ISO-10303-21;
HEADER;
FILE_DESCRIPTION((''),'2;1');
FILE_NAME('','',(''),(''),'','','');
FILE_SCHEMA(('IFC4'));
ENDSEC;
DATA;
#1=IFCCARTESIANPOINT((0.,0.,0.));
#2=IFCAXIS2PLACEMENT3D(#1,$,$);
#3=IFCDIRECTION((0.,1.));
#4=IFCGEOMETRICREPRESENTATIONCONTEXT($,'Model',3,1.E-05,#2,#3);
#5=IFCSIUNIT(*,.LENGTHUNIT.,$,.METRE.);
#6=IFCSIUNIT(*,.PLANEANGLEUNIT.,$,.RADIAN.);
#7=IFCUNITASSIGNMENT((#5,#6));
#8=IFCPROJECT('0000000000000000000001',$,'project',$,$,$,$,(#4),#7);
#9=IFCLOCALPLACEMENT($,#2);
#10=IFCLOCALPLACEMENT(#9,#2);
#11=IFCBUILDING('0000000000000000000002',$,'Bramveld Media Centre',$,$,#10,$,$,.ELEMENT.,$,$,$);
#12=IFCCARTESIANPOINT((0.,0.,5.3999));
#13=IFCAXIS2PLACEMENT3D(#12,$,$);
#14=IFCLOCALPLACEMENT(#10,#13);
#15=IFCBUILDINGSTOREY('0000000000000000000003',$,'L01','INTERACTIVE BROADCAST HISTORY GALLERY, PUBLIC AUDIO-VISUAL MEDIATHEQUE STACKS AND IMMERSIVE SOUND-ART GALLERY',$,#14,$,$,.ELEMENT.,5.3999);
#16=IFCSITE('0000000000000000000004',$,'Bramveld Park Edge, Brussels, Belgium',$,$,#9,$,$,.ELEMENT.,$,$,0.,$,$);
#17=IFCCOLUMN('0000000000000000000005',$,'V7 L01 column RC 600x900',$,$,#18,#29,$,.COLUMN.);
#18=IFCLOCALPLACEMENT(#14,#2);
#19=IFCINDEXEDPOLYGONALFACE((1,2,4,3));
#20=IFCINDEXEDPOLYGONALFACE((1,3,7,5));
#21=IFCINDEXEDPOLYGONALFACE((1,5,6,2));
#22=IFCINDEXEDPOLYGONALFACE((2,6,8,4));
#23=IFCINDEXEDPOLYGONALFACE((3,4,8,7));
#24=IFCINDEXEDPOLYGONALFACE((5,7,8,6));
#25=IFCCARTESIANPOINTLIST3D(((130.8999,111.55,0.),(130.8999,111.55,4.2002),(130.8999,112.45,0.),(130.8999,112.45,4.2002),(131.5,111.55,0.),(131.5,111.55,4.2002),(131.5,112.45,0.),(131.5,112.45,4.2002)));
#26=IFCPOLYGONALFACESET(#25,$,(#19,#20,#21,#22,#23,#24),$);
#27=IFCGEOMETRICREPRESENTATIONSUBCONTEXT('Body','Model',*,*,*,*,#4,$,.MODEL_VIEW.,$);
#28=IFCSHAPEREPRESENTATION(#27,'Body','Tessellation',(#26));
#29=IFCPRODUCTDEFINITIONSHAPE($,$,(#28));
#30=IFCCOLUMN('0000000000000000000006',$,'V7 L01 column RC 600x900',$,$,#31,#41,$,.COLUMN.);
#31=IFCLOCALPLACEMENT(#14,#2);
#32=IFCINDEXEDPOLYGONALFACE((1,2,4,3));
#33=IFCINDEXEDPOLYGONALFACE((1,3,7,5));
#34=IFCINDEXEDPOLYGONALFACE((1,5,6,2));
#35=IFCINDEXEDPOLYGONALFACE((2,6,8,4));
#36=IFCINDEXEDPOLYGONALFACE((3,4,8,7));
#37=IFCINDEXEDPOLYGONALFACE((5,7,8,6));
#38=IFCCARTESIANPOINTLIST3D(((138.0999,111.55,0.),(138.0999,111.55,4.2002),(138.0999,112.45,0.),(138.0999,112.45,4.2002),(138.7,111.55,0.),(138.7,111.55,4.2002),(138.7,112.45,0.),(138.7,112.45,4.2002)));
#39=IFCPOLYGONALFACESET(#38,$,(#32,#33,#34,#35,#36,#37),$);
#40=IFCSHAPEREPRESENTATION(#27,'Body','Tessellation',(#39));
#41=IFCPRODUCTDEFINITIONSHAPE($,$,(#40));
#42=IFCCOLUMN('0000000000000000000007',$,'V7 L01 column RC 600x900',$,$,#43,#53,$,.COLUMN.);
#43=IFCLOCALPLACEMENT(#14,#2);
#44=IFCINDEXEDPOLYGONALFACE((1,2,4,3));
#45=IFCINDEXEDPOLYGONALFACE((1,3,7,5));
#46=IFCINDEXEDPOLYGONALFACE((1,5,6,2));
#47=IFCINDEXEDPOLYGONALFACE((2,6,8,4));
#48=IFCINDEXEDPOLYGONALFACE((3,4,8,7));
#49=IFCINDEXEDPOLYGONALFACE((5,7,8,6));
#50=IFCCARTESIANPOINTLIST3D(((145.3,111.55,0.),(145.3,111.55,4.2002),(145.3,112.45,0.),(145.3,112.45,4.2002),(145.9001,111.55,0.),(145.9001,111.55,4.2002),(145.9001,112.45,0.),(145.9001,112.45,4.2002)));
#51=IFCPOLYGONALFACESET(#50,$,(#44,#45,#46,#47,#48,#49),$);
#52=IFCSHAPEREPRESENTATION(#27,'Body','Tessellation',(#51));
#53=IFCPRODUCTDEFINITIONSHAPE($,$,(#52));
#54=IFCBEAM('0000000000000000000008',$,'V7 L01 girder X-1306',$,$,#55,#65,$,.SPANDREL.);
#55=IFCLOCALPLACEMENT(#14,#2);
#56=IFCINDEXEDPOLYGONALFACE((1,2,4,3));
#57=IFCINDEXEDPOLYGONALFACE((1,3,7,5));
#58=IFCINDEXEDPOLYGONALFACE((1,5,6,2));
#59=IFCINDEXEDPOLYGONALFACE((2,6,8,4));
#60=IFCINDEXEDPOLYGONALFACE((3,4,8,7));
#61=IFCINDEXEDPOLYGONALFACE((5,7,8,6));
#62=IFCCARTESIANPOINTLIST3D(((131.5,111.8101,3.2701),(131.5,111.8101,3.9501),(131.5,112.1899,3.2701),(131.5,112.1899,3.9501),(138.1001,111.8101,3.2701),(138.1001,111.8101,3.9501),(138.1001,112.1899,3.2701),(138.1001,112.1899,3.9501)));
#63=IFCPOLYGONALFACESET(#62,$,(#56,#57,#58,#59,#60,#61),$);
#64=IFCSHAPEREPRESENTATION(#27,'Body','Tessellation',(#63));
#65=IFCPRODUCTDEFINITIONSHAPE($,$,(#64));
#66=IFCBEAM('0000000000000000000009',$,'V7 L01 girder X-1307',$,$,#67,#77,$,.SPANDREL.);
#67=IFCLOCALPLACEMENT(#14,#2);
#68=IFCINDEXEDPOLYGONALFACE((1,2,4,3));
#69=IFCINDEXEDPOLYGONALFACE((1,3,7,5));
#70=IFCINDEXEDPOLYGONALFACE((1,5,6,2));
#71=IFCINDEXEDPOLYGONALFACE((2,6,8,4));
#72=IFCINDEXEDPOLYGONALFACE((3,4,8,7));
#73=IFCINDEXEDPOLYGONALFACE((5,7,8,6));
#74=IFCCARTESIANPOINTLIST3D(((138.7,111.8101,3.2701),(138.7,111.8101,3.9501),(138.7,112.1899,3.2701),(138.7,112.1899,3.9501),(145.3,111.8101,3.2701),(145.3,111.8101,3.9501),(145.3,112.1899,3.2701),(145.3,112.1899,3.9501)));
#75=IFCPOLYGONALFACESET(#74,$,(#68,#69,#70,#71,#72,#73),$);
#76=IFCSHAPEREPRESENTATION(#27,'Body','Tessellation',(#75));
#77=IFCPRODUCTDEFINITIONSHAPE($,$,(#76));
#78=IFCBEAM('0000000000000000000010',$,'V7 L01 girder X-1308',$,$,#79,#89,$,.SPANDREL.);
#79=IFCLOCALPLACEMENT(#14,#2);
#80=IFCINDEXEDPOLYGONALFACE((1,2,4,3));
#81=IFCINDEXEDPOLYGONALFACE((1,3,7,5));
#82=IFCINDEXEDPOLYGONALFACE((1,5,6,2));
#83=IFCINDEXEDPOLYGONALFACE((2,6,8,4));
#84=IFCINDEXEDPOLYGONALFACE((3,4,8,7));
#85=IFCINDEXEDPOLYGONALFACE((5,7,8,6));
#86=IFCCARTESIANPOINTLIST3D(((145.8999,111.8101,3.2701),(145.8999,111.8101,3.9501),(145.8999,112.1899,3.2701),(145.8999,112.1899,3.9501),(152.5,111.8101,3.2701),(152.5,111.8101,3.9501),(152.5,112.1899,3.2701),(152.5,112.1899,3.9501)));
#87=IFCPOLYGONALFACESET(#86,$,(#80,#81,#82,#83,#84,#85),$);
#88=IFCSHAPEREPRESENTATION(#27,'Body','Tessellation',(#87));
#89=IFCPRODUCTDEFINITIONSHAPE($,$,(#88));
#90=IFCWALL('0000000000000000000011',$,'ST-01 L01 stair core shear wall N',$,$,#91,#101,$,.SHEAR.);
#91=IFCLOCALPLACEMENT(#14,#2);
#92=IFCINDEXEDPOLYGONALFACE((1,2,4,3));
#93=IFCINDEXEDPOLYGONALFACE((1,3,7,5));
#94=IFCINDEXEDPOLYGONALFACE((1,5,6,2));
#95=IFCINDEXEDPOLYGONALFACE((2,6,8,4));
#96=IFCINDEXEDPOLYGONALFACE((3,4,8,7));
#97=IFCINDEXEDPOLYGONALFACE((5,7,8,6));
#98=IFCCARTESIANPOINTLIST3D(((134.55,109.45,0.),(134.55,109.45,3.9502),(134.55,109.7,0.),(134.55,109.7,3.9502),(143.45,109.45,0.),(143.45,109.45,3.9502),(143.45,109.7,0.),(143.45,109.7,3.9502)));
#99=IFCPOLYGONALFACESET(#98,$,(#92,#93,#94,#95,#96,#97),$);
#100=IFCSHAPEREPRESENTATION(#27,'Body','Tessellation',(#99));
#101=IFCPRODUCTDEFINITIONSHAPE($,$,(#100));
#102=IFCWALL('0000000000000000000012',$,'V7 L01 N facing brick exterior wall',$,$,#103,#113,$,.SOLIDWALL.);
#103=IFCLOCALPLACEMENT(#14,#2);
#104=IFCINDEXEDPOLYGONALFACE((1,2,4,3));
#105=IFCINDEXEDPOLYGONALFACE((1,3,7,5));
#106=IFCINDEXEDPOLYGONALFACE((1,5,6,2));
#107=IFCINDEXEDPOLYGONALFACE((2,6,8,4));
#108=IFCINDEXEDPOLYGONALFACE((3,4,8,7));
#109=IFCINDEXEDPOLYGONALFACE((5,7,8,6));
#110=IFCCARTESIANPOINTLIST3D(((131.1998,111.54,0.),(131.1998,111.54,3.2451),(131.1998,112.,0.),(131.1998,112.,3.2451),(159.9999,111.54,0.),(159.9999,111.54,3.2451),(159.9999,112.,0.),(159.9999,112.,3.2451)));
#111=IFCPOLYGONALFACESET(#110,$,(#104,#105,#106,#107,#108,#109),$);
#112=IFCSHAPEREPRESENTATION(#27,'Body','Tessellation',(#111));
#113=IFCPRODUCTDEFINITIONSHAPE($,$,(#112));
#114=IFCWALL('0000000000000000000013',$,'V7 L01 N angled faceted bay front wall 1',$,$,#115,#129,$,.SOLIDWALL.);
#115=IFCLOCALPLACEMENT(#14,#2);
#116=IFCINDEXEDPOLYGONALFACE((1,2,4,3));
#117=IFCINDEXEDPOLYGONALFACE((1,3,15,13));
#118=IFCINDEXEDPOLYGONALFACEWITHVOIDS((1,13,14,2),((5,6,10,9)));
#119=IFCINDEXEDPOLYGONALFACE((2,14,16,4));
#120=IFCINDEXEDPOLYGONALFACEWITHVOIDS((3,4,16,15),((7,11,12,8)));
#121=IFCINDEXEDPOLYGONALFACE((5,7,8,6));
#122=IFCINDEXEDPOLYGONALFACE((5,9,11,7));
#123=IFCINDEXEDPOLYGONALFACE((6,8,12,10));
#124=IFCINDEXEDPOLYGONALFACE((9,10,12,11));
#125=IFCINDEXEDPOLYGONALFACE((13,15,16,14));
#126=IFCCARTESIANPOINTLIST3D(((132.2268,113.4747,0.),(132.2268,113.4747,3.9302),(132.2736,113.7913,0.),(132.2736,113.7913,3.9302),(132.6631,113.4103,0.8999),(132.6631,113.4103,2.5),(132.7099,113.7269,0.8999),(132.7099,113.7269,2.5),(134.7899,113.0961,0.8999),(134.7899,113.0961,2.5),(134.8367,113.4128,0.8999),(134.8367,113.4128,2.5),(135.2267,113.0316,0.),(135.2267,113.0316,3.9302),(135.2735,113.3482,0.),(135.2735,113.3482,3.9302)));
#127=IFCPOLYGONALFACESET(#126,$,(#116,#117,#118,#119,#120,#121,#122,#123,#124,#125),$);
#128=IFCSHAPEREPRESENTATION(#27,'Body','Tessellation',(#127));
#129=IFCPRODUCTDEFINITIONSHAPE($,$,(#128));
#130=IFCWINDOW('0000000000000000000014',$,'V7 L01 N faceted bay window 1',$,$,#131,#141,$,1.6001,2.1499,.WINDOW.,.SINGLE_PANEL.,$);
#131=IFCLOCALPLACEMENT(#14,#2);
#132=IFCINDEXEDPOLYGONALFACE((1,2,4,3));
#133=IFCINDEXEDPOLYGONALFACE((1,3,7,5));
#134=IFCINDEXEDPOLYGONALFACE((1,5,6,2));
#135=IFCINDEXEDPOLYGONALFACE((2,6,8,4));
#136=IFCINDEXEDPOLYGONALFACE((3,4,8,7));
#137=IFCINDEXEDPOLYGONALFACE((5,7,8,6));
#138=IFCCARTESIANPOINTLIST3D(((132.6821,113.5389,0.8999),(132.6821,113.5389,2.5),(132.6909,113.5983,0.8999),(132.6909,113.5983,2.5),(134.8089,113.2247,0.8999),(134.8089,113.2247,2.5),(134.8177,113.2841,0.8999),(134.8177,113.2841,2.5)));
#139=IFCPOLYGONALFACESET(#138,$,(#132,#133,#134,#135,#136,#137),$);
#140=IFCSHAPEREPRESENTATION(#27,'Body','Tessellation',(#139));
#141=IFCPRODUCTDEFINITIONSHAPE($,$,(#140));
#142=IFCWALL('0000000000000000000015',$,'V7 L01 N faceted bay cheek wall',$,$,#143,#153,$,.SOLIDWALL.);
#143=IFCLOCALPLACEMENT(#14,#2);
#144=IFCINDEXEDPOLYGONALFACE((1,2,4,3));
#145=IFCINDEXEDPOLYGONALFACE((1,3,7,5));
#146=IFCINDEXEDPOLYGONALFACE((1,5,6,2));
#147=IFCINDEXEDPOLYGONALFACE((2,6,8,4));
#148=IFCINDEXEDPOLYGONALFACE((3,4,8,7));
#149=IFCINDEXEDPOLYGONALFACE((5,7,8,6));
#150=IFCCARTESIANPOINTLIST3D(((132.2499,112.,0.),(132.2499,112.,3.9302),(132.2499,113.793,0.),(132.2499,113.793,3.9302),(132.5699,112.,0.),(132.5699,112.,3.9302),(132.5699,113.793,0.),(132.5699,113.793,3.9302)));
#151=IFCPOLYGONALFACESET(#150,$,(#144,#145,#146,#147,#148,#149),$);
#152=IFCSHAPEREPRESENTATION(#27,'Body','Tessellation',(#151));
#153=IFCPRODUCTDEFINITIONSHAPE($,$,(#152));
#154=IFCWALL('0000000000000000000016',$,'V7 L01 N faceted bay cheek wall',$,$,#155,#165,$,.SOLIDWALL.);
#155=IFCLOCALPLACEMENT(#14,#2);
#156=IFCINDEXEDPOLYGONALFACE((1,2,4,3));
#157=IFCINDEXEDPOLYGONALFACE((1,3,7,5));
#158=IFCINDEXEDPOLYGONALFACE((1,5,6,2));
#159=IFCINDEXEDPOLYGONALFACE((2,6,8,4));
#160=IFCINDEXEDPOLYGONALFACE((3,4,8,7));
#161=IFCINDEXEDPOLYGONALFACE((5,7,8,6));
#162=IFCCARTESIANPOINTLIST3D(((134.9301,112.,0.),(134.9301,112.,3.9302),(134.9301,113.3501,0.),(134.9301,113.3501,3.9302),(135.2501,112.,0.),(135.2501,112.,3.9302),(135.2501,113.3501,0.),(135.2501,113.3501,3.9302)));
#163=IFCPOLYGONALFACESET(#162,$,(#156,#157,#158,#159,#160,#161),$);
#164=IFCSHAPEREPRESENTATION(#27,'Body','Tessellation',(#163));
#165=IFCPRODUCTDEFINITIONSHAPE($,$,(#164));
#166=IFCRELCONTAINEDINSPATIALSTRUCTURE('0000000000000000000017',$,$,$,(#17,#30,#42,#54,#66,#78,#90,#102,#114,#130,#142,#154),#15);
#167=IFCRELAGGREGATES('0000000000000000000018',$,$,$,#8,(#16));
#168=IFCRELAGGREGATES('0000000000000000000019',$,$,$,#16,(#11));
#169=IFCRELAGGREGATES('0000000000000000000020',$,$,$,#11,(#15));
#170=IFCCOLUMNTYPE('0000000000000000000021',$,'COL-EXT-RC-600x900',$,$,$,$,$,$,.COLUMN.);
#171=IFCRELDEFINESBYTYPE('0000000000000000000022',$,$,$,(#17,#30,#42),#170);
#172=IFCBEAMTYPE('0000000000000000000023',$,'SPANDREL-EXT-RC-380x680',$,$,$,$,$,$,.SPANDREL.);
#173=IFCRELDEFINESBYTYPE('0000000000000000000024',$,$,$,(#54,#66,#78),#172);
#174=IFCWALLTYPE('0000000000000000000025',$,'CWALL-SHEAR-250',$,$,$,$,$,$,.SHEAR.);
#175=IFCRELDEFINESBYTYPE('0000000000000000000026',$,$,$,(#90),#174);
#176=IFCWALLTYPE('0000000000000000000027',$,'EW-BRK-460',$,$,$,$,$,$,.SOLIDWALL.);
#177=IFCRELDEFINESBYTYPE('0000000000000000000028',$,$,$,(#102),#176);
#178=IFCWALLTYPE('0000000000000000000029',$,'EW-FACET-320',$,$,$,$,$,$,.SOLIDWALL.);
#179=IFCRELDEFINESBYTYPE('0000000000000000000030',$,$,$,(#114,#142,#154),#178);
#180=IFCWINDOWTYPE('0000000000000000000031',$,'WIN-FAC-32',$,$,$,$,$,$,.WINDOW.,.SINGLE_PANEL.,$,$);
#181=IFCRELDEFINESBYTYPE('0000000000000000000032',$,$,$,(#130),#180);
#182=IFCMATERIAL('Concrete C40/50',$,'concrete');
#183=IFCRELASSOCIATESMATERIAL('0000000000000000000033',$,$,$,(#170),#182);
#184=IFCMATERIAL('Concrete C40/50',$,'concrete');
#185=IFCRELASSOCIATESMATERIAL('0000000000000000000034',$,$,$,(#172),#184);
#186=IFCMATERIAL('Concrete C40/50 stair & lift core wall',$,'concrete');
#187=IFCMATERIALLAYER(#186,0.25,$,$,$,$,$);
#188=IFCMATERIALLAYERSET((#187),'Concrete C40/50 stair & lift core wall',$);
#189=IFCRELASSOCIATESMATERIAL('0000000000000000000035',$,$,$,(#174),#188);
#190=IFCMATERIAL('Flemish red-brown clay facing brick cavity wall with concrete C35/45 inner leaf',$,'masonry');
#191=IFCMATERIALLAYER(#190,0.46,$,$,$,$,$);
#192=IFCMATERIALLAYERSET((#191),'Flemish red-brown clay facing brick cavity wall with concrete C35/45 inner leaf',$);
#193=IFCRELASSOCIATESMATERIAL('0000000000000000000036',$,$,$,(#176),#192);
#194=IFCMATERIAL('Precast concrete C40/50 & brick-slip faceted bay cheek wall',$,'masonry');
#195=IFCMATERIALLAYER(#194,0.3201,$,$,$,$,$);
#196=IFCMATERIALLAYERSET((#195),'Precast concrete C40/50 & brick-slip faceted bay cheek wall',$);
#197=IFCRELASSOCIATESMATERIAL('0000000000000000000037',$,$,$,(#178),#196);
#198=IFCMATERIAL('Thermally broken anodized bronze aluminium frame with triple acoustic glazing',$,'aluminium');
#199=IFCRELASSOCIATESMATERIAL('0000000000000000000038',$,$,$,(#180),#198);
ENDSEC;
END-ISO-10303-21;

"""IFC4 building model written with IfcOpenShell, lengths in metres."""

from ifc_helpers import new_model, si_unit, direction, frame, frame_2d, origin, origin_2d, place, context, subcontext, project, spatial, rectangle, extrude, material, layer, layer_set, material_profile, profile_set, type_object, element, fill, save


model = new_model("IFC4")

# Units and contexts
model_context = context("Model", 3, precision=1e-05, world=origin(), true_north=direction((0.0, 1.0)))
body_context = subcontext(model_context, "Body", "Model", "MODEL_VIEW")
ifc_project = project(units=[si_unit("LENGTHUNIT", "METRE"), si_unit("PLANEANGLEUNIT", "RADIAN")], contexts=[model_context])

# Site, building, storey
site_placement = place(None, origin())
site = spatial("IfcSite", under=ifc_project, at=site_placement, Name="Bramveld Park Edge, Brussels, Belgium", CompositionType="ELEMENT", RefElevation=0.0)
building_placement = place(site_placement, origin())
building = spatial("IfcBuilding", under=site, at=building_placement, Name="Bramveld Media Centre", CompositionType="ELEMENT")
storey_placement = place(building_placement, frame((0.0, 0.0, 5.3999)))
storey = spatial("IfcBuildingStorey", under=building, at=storey_placement, Name="L01", Description="INTERACTIVE BROADCAST HISTORY GALLERY, PUBLIC AUDIO-VISUAL MEDIATHEQUE STACKS AND IMMERSIVE SOUND-ART GALLERY", CompositionType="ELEMENT", Elevation=5.3999)

# Columns
ifc_material_1 = material(Name="Concrete C40/50", Category="concrete")
ifc_material_profile_1 = material_profile(ifc_material_1, rectangle(XDim=0.6001, YDim=0.8999, at=origin_2d()), Name="RC 600x900")
ifc_profile_set_1 = profile_set([ifc_material_profile_1], Name="Concrete C40/50")
column_type = type_object("IfcColumnType", Name="COL-EXT-RC-600x900", PredefinedType="COLUMN", material=ifc_profile_set_1)
for number, where, z_axis, x_axis, name in (
    (1, (131.2, 112.0, 0.0), (0.0, 0.0, 1.0), (1.0, 0.0, 0.0), "V7 L01 column RC 600x900"),
    (2, (138.3999, 112.0, 0.0), (0.0, 0.0, 1.0), (1.0, 0.0, 0.0), "V7 L01 column RC 600x900"),
    (3, (145.6001, 112.0, 0.0), (0.0, 0.0, 1.0), (1.0, 0.0, 0.0), "V7 L01 column RC 600x900"),
):
    element("IfcColumn", number, at=place(storey_placement, frame(where, z_axis=z_axis, x_axis=x_axis)), inside=storey, type_object=column_type, Name=name, PredefinedType="COLUMN", context=body_context, shape_type="SweptSolid", body=[
        extrude(rectangle(XDim=0.6001, YDim=0.8999, at=origin_2d()), origin(), (0.0, 0.0, 1.0), 4.2002),
    ])

# Beams
ifc_material_2 = material(Name="Concrete C40/50", Category="concrete")
ifc_material_profile_2 = material_profile(ifc_material_2, rectangle(XDim=0.3799, YDim=0.6799, at=origin_2d()), Name="RC 380x680")
ifc_profile_set_2 = profile_set([ifc_material_profile_2], Name="Concrete C40/50")
beam_type = type_object("IfcBeamType", Name="SPANDREL-EXT-RC-380x680", PredefinedType="SPANDREL", material=ifc_profile_set_2)
for number, where, z_axis, x_axis, name in (
    (4, (131.5, 112.0, 3.6101), (1.0, 0.0, 0.0), (0.0, 1.0, 0.0), "V7 L01 girder X-1306"),
    (5, (138.7, 112.0, 3.6101), (1.0, 0.0, 0.0), (0.0, 1.0, 0.0), "V7 L01 girder X-1307"),
    (6, (145.8999, 112.0, 3.6101), (1.0, 0.0, 0.0), (0.0, 1.0, 0.0), "V7 L01 girder X-1308"),
):
    element("IfcBeam", number, at=place(storey_placement, frame(where, z_axis=z_axis, x_axis=x_axis)), inside=storey, type_object=beam_type, Name=name, PredefinedType="SPANDREL", context=body_context, shape_type="SweptSolid", body=[
        extrude(rectangle(XDim=0.3799, YDim=0.6799, at=origin_2d()), origin(), (0.0, 0.0, 1.0), 6.6001),
    ])

# Wall
ifc_material_3 = material(Name="Concrete C40/50 stair & lift core wall", Category="concrete")
ifc_layer_1 = layer(ifc_material_3, 0.25)
ifc_layer_set_1 = layer_set([ifc_layer_1], Name="Concrete C40/50 stair & lift core wall")
wall_type_1 = type_object("IfcWallType", Name="CWALL-SHEAR-250", PredefinedType="SHEAR", material=ifc_layer_set_1)
wall_1_placement = place(storey_placement, frame((143.45, 109.575, 0.0), z_axis=(0.0, 0.0, 1.0), x_axis=(-1.0, 0.0, 0.0)))
element("IfcWall", 7, at=wall_1_placement, inside=storey, type_object=wall_type_1, Name="ST-01 L01 stair core shear wall N", PredefinedType="SHEAR", context=body_context, shape_type="SweptSolid", body=[
    extrude(rectangle(XDim=8.8999, YDim=0.25, at=frame_2d((4.45, 0.0))), origin(), (0.0, 0.0, 1.0), 3.9502),
])

# Wall
ifc_material_4 = material(Name="Flemish red-brown clay facing brick cavity wall with concrete C35/45 inner leaf", Category="masonry")
ifc_layer_2 = layer(ifc_material_4, 0.46)
ifc_layer_set_2 = layer_set([ifc_layer_2], Name="Flemish red-brown clay facing brick cavity wall with concrete C35/45 inner leaf")
wall_type_2 = type_object("IfcWallType", Name="EW-BRK-460", PredefinedType="SOLIDWALL", material=ifc_layer_set_2)
wall_2_placement = place(storey_placement, frame((131.2, 111.77, 0.0), z_axis=(0.0, 0.0, 1.0), x_axis=(1.0, 0.0, 0.0)))
element("IfcWall", 8, at=wall_2_placement, inside=storey, type_object=wall_type_2, Name="V7 L01 N facing brick exterior wall", PredefinedType="SOLIDWALL", context=body_context, shape_type="SweptSolid", body=[
    extrude(rectangle(XDim=28.8, YDim=0.46, at=frame_2d((14.3999, 0.0))), origin(), (0.0, 0.0, 1.0), 3.2451),
])

# Wall, opening, window
ifc_material_5 = material(Name="Precast concrete C40/50 & brick-slip faceted bay cheek wall", Category="masonry")
ifc_layer_3 = layer(ifc_material_5, 0.3201)
ifc_layer_set_3 = layer_set([ifc_layer_3], Name="Precast concrete C40/50 & brick-slip faceted bay cheek wall")
wall_type_3 = type_object("IfcWallType", Name="EW-FACET-320", PredefinedType="SOLIDWALL", material=ifc_layer_set_3)
wall_3_placement = place(storey_placement, frame((135.25, 113.1899, 0.0), z_axis=(0.0, 0.0, 1.0), x_axis=(-0.989267, 0.14612, 0.0)))
wall_3 = element("IfcWall", 9, at=wall_3_placement, inside=storey, type_object=wall_type_3, Name="V7 L01 N angled faceted bay front wall 1", PredefinedType="SOLIDWALL", context=body_context, shape_type="SweptSolid", body=[
    extrude(rectangle(XDim=3.0325, YDim=0.3201, at=frame_2d((1.5161, 0.0))), origin(), (0.0, 0.0, 1.0), 3.9302),
])
opening_1_placement = place(wall_3_placement, frame((0.4414, 0.0, 0.8999)))
opening_1 = element("IfcOpeningElement", 10, at=opening_1_placement, cuts=wall_3, PredefinedType="OPENING", context=body_context, shape_type="SweptSolid", body=[
    extrude(rectangle(XDim=2.1499, YDim=1.6001, at=frame_2d((1.075, 0.8))), frame((0.0, 0.1719, 0.0), z_axis=(0.0, -1.0, 0.0), x_axis=(1.0, 0.0, 0.0)), (0.0, 0.0, 1.0), 0.344),
])
ifc_material_6 = material(Name="Thermally broken anodized bronze aluminium frame with triple acoustic glazing", Category="aluminium")
window_type_1 = type_object("IfcWindowType", Name="WIN-FAC-32", PartitioningType="SINGLE_PANEL", PredefinedType="WINDOW", material=ifc_material_6)
window_1_placement = place(opening_1_placement, origin())
window_1 = element("IfcWindow", 11, at=window_1_placement, inside=storey, type_object=window_type_1, Name="V7 L01 N faceted bay window 1", OverallHeight=1.6001, OverallWidth=2.1499, PartitioningType="SINGLE_PANEL", PredefinedType="WINDOW", context=body_context, shape_type="SweptSolid", body=[
    extrude(rectangle(XDim=2.1499, YDim=1.6001, at=frame_2d((1.075, 0.8))), frame((0.0, 0.03, 0.0), z_axis=(0.0, -1.0, 0.0), x_axis=(1.0, 0.0, 0.0)), (0.0, 0.0, 1.0), 0.0601),
])
fill(opening_1, window_1)

# Walls
wall_4_placement = place(storey_placement, frame((132.4099, 112.0, 0.0), z_axis=(0.0, 0.0, 1.0), x_axis=(0.0, 1.0, 0.0)))
element("IfcWall", 12, at=wall_4_placement, inside=storey, type_object=wall_type_3, Name="V7 L01 N faceted bay cheek wall", PredefinedType="SOLIDWALL", context=body_context, shape_type="SweptSolid", body=[
    extrude(rectangle(XDim=1.793, YDim=0.3201, at=frame_2d((0.8965, 0.0))), origin(), (0.0, 0.0, 1.0), 3.9302),
])
wall_5_placement = place(storey_placement, frame((135.0901, 112.0, 0.0), z_axis=(0.0, 0.0, 1.0), x_axis=(0.0, 1.0, 0.0)))
element("IfcWall", 13, at=wall_5_placement, inside=storey, type_object=wall_type_3, Name="V7 L01 N faceted bay cheek wall", PredefinedType="SOLIDWALL", context=body_context, shape_type="SweptSolid", body=[
    extrude(rectangle(XDim=1.3501, YDim=0.3201, at=frame_2d((0.675, 0.0))), origin(), (0.0, 0.0, 1.0), 3.9302),
])

save(model, "model.ifc")
